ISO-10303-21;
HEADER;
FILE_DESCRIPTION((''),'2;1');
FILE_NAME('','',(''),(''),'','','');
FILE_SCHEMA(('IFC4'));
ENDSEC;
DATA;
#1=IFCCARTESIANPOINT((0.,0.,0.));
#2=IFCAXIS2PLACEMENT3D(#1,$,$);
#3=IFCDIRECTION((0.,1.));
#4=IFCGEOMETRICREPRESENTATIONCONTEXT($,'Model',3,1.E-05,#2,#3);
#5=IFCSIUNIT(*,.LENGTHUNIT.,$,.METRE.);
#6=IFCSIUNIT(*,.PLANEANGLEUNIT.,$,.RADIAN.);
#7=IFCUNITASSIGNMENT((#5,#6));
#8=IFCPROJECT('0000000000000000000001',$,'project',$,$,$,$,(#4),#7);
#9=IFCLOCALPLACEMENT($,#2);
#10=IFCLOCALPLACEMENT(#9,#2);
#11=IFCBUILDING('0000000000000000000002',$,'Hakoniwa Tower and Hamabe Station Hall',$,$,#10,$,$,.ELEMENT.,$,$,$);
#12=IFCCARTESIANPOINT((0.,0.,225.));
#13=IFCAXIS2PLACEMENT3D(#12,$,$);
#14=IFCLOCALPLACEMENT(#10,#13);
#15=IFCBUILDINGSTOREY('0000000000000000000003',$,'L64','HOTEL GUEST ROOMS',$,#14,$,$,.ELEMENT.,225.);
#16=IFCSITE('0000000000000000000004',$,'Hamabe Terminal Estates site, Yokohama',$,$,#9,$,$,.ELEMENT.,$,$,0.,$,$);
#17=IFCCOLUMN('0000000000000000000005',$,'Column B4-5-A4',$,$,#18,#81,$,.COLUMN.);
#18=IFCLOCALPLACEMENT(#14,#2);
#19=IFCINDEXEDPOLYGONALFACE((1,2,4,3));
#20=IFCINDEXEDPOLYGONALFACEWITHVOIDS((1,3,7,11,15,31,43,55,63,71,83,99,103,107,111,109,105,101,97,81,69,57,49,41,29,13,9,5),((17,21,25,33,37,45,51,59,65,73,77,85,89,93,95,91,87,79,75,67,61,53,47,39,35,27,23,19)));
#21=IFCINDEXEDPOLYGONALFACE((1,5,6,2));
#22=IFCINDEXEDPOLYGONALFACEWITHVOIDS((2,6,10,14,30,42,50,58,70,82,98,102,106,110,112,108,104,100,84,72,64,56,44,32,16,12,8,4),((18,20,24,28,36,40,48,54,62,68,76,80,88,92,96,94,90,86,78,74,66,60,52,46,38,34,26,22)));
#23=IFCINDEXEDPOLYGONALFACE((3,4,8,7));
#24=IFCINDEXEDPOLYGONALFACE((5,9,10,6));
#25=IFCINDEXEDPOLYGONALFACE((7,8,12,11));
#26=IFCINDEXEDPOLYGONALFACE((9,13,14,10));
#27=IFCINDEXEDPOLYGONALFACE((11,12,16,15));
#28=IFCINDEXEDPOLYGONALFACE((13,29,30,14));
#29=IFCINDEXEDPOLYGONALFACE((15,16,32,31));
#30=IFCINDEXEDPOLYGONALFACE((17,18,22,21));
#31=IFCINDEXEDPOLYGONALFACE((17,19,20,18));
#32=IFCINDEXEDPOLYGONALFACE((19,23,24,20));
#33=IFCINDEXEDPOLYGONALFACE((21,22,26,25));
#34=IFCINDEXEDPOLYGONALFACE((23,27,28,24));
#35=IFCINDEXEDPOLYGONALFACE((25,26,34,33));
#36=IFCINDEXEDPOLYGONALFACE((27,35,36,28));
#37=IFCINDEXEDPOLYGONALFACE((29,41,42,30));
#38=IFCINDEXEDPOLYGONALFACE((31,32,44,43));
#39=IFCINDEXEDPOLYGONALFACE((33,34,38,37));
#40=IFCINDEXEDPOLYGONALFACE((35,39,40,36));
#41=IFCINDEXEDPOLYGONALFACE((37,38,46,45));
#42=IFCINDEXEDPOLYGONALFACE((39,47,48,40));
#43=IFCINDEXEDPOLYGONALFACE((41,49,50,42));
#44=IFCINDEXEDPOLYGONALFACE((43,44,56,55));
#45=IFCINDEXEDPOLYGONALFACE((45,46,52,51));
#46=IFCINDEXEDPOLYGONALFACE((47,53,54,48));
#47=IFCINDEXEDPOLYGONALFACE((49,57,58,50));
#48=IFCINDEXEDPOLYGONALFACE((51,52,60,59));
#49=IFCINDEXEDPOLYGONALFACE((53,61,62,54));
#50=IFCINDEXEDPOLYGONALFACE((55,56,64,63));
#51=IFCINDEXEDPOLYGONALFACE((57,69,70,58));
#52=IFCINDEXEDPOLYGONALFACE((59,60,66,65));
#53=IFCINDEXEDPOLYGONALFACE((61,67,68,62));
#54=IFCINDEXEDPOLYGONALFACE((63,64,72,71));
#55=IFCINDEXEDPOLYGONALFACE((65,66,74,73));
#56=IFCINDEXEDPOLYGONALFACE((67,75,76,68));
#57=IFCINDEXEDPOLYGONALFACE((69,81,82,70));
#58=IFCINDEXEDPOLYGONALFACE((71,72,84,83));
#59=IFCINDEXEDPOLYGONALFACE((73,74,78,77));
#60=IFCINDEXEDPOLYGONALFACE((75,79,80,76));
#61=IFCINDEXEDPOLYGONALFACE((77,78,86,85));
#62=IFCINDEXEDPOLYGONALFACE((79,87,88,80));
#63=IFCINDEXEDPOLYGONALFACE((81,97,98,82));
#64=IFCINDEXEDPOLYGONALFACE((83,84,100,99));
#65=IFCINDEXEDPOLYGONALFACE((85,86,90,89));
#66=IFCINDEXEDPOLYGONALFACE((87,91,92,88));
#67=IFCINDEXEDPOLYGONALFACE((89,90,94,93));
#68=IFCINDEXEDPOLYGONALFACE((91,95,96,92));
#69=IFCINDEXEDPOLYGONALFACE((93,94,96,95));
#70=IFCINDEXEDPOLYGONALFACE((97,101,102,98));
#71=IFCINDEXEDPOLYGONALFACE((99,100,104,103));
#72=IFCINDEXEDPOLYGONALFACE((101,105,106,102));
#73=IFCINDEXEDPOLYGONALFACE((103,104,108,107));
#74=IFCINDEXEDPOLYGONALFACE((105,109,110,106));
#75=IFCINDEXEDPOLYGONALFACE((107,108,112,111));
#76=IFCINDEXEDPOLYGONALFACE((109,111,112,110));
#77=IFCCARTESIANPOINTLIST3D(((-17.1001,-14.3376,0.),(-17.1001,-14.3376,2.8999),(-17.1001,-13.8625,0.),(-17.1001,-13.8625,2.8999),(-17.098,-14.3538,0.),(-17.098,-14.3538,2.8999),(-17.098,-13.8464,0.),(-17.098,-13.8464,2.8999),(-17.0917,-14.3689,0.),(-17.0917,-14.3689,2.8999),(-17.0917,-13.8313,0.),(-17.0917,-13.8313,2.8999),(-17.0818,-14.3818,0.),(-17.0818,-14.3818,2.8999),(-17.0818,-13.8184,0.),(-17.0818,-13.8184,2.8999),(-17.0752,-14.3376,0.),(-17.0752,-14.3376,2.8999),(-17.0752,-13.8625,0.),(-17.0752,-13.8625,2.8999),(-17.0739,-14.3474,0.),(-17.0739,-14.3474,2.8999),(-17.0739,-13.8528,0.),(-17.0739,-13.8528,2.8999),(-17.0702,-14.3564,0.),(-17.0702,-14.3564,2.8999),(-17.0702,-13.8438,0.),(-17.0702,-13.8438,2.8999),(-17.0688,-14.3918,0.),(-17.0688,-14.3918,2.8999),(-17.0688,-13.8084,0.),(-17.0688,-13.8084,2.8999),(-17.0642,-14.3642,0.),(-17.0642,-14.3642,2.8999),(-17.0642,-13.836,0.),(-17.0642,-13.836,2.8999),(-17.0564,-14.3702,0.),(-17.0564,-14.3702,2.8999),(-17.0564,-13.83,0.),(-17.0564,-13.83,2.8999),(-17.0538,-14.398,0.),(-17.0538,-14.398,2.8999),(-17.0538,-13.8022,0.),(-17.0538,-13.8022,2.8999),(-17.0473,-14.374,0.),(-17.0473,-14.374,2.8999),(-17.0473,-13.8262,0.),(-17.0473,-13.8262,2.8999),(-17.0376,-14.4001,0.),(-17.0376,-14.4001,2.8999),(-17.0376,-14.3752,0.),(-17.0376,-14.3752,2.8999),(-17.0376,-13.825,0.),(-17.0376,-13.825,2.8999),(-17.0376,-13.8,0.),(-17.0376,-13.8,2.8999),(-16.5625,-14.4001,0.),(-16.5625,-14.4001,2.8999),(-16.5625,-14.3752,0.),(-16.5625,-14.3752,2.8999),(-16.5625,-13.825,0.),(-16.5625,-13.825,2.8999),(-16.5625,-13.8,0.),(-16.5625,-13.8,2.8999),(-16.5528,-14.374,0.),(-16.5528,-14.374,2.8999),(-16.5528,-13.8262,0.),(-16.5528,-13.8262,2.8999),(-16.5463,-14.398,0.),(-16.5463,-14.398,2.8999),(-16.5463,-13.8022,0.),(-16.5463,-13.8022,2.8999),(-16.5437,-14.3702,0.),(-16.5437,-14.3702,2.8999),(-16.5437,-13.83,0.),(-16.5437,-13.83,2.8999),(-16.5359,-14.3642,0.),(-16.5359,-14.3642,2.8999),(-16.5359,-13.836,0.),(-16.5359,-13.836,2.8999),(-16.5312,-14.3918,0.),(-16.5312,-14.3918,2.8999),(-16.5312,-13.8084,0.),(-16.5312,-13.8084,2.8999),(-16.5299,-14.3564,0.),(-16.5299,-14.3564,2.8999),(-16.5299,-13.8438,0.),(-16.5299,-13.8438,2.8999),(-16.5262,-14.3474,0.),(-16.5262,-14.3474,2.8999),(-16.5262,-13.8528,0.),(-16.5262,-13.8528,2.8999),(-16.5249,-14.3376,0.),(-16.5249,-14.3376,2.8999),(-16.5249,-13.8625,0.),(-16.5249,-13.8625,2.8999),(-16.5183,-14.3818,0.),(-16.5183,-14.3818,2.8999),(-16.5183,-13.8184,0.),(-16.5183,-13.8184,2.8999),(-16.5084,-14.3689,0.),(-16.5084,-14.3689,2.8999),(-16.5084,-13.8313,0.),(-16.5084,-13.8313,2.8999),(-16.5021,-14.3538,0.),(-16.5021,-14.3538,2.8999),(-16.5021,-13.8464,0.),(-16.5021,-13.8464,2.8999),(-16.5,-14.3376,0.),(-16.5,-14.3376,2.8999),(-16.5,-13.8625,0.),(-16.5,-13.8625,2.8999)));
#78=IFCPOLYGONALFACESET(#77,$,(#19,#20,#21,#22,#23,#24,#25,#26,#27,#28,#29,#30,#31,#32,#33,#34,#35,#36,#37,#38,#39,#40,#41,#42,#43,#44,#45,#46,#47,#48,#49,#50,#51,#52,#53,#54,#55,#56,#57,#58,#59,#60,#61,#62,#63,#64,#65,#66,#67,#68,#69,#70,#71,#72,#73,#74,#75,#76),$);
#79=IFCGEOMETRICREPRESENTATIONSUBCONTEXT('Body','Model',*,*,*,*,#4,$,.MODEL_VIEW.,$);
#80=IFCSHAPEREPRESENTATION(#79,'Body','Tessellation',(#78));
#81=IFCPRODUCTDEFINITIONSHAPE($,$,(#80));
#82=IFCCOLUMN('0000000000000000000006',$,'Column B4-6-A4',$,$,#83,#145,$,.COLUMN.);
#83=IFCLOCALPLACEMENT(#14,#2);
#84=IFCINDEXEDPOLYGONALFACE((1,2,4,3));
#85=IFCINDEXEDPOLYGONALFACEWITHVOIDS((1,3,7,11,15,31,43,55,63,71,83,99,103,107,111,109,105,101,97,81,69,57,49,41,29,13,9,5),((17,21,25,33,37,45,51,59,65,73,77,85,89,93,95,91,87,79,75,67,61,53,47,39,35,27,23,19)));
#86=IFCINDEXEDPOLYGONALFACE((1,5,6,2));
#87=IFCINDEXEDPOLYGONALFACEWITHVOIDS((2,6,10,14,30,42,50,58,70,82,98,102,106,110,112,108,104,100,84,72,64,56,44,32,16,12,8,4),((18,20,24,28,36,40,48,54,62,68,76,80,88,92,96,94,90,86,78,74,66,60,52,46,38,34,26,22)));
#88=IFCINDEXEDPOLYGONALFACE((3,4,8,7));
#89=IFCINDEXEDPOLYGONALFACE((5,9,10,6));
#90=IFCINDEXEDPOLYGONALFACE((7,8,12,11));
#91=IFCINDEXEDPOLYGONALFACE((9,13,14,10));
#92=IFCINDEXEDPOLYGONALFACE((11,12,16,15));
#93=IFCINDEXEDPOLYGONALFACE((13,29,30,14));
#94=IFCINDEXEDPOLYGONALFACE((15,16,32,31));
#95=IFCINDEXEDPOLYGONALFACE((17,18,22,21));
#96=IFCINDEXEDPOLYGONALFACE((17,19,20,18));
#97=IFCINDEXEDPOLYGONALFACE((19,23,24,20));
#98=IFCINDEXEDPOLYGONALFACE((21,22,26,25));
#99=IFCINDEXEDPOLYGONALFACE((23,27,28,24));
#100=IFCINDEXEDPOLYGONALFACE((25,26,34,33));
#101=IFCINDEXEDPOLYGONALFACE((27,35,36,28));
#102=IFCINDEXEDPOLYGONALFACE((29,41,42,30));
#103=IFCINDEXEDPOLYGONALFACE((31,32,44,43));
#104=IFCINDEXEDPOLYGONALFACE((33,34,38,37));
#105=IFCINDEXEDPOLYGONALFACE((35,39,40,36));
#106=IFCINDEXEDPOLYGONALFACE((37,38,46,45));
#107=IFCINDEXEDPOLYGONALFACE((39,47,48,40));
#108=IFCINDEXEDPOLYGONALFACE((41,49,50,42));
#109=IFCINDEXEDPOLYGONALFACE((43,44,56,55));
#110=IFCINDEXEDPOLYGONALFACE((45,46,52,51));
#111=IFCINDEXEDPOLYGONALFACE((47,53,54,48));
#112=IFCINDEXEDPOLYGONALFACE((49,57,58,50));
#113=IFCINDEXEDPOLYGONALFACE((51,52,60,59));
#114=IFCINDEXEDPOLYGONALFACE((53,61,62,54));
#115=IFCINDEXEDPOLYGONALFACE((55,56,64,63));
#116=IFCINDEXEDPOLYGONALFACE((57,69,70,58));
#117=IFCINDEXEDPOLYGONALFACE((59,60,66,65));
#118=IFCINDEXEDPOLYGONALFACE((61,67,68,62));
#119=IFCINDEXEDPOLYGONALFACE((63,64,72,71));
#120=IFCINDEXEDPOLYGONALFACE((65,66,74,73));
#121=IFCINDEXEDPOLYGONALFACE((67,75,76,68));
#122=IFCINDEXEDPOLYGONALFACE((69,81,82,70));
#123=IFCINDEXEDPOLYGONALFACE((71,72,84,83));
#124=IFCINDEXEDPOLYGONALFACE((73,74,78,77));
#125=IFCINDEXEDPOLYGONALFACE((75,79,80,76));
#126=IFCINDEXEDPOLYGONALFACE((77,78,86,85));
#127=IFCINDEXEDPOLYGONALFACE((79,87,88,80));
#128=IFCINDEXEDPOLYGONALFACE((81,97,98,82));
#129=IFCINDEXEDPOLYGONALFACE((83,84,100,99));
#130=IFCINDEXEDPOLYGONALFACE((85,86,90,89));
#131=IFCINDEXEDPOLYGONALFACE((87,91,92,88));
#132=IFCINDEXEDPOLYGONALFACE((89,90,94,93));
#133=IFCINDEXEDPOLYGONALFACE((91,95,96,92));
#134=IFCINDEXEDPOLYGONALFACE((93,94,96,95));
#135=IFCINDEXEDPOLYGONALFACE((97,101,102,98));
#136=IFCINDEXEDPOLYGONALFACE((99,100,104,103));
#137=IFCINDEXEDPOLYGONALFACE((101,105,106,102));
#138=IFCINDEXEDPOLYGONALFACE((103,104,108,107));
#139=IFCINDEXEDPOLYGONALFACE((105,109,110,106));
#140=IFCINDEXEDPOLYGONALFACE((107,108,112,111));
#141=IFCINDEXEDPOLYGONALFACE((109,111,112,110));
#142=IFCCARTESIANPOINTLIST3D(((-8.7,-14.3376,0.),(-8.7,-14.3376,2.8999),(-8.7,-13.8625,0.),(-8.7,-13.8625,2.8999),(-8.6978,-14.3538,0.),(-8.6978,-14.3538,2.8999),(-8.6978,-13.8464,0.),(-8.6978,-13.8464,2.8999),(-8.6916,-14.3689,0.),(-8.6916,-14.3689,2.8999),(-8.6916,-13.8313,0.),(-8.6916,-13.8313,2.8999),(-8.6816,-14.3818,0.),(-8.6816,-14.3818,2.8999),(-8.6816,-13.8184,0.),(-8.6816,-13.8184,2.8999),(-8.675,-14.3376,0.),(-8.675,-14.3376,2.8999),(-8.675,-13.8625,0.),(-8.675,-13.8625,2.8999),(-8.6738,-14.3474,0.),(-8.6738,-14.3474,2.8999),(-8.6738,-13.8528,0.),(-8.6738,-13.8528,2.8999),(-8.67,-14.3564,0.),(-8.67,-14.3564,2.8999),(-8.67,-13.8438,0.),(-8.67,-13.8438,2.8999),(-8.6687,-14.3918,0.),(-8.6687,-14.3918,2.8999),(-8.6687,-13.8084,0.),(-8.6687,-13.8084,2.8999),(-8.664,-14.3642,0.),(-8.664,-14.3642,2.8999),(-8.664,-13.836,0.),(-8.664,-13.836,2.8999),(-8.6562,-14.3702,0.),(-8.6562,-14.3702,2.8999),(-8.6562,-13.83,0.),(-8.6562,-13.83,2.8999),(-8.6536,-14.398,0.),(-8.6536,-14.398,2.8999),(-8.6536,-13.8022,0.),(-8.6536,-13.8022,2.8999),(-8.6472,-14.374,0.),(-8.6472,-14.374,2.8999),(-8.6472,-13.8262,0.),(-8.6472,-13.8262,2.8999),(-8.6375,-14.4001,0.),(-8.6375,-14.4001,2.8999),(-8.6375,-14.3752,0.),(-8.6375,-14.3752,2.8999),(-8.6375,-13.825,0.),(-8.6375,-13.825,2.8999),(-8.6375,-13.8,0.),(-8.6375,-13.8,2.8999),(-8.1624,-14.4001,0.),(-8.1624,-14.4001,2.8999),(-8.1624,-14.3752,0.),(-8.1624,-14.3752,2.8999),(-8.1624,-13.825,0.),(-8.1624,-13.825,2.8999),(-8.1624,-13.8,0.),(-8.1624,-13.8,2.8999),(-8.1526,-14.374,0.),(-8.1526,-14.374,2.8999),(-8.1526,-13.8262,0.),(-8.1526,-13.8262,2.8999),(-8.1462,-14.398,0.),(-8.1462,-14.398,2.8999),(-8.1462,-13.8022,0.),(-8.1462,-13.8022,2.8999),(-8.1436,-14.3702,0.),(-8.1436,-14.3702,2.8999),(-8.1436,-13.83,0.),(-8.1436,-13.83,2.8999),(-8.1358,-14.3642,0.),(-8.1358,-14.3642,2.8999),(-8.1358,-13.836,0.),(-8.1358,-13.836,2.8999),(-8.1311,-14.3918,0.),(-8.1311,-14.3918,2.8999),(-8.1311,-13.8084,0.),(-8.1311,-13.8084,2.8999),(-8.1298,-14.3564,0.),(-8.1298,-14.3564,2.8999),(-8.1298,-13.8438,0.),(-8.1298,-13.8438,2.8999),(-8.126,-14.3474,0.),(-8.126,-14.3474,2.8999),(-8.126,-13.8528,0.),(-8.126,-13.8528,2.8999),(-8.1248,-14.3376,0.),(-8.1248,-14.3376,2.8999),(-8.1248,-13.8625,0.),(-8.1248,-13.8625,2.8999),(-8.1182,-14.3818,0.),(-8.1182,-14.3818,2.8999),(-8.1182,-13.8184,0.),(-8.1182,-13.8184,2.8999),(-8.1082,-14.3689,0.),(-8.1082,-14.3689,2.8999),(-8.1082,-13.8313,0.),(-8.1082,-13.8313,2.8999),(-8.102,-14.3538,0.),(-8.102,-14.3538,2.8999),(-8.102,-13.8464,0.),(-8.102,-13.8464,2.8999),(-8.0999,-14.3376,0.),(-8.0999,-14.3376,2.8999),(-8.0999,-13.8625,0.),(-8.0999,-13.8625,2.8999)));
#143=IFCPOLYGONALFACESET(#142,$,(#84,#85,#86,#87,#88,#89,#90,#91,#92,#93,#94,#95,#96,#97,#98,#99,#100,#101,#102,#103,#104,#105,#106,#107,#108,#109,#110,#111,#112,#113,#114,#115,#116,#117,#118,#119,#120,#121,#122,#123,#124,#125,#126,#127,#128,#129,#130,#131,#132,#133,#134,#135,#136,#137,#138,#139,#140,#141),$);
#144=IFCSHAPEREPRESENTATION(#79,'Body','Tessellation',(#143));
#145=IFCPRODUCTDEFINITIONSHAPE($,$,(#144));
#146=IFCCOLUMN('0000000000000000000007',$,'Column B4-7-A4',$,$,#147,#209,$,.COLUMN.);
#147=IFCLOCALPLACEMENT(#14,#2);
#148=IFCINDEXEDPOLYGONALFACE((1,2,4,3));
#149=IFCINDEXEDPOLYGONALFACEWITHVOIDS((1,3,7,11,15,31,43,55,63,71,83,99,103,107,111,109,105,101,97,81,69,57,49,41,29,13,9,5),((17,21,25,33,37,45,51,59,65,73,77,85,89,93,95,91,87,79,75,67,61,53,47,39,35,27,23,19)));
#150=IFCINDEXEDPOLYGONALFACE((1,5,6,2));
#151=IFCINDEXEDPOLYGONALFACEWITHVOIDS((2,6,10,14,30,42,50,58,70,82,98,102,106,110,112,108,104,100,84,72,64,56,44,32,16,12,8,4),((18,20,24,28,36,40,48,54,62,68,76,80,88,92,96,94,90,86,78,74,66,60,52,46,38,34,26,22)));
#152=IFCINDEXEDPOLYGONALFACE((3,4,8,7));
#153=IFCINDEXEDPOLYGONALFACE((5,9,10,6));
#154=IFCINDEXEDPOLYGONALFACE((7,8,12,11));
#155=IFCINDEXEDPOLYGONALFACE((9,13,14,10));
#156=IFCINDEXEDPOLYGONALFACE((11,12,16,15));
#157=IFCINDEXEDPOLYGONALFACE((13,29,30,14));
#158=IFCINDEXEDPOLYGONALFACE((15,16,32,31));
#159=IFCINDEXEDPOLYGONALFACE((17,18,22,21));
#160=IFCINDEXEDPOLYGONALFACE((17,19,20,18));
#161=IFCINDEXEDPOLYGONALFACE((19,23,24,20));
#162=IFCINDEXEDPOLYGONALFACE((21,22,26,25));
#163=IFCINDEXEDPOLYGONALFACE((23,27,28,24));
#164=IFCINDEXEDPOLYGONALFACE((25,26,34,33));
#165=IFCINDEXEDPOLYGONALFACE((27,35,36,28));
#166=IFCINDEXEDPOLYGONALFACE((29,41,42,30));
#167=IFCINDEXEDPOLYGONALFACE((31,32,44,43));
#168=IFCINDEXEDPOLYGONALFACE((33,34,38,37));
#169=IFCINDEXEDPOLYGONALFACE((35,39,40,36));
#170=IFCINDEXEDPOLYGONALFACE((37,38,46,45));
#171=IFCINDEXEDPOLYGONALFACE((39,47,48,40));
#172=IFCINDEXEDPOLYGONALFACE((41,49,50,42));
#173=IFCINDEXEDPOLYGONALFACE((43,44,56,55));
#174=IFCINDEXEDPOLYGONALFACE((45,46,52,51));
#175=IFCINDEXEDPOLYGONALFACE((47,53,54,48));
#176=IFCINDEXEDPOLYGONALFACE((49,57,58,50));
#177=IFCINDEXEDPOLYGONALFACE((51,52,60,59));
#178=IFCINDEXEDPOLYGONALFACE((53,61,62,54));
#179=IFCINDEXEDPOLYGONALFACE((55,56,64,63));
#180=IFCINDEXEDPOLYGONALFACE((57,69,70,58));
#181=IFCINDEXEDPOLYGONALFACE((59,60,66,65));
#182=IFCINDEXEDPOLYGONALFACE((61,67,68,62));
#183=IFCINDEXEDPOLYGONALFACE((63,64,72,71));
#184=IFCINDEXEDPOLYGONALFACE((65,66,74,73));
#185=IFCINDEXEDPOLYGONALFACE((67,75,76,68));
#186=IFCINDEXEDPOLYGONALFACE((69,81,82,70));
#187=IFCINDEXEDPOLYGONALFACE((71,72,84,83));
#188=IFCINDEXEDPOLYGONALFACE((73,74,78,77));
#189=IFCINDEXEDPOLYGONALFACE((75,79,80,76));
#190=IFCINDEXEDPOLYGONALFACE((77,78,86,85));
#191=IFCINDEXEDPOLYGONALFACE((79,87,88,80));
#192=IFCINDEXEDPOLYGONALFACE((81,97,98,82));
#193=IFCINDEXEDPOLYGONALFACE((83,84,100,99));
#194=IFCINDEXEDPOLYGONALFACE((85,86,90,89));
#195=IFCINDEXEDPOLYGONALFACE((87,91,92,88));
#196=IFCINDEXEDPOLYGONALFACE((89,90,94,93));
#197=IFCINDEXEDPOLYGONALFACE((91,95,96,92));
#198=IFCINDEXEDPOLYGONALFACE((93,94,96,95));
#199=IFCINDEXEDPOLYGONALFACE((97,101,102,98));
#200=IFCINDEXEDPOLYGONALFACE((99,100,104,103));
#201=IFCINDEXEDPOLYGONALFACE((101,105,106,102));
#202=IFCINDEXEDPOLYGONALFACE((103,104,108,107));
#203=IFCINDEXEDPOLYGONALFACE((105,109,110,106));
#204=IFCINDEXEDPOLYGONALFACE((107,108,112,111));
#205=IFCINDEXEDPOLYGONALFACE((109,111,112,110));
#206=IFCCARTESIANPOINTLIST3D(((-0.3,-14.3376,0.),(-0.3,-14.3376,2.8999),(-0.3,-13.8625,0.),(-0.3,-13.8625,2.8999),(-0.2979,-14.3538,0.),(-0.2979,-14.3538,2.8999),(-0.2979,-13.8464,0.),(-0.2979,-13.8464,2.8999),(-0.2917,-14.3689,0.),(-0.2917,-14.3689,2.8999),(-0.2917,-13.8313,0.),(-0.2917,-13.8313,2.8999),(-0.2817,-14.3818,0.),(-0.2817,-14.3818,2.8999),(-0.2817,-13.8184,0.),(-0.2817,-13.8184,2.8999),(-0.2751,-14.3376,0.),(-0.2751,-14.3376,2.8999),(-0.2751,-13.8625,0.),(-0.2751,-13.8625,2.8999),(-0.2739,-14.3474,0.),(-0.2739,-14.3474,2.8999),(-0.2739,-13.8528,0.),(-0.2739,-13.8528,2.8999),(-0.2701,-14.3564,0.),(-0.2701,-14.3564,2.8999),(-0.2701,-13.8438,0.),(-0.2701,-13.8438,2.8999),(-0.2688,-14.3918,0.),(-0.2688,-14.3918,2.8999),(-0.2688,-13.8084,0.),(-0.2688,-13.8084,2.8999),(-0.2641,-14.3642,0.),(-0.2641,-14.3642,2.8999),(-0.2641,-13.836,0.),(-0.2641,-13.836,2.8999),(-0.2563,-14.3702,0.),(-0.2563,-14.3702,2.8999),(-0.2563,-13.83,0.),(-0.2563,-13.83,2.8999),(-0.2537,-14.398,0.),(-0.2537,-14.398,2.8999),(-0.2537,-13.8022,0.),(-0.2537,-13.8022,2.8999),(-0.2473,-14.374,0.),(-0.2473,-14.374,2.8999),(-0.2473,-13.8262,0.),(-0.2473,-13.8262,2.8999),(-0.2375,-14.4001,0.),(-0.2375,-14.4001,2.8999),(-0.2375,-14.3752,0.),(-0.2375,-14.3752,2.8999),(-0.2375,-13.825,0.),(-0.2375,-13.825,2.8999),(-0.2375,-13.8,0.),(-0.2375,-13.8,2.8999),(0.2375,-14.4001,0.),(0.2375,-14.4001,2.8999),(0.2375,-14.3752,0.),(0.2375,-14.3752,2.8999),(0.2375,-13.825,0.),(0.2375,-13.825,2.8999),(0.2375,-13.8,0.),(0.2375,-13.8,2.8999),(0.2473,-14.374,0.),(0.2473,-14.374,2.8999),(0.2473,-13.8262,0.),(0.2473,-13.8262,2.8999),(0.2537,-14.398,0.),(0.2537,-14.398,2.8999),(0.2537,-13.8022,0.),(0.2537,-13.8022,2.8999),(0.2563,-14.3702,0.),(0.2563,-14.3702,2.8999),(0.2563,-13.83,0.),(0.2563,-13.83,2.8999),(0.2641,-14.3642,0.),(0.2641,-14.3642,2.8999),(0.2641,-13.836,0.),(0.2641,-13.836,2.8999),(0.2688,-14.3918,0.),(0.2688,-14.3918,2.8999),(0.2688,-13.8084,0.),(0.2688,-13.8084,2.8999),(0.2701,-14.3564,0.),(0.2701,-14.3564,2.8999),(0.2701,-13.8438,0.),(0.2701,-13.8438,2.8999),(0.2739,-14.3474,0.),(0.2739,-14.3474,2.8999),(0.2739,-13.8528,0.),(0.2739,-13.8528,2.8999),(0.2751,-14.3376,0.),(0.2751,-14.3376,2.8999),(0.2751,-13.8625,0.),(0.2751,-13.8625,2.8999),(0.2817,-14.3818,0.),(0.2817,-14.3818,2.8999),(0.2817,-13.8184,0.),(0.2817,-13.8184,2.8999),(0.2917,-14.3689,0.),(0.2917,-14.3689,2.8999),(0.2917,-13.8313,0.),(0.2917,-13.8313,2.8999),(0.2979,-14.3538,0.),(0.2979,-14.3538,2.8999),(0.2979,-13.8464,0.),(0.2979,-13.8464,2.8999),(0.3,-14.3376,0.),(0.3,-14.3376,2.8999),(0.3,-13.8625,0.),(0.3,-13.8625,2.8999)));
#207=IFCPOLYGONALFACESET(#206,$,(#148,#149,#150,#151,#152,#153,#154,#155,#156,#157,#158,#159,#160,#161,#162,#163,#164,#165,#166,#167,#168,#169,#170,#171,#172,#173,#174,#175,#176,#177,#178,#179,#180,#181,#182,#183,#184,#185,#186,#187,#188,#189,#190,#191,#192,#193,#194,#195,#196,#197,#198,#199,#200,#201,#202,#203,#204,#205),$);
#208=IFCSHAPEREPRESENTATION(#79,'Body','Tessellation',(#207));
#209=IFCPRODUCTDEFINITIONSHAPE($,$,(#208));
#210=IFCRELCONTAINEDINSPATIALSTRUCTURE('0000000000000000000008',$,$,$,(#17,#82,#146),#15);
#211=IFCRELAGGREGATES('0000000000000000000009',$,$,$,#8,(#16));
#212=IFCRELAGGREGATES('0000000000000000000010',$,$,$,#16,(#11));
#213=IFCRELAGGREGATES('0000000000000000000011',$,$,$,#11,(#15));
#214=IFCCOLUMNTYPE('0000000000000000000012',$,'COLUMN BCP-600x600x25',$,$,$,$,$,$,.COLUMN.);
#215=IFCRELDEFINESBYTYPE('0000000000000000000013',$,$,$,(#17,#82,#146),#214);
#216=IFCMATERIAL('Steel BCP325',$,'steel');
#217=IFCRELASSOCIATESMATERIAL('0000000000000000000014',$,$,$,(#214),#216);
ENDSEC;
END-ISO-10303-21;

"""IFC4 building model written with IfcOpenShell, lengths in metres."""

from ifc_helpers import new_model, si_unit, direction, frame, origin, origin_2d, place, context, subcontext, project, spatial, hollow_rectangle, extrude, material, material_profile, profile_set, type_object, element, save


model = new_model("IFC4")

# Units and contexts
model_context = context("Model", 3, precision=1e-05, world=origin(), true_north=direction((0.0, 1.0)))
body_context = subcontext(model_context, "Body", "Model", "MODEL_VIEW")
ifc_project = project(units=[si_unit("LENGTHUNIT", "METRE"), si_unit("PLANEANGLEUNIT", "RADIAN")], contexts=[model_context])

# Site, building, storey
site_placement = place(None, origin())
site = spatial("IfcSite", under=ifc_project, at=site_placement, Name="Hamabe Terminal Estates site, Yokohama", CompositionType="ELEMENT", RefElevation=0.0)
building_placement = place(site_placement, origin())
building = spatial("IfcBuilding", under=site, at=building_placement, Name="Hakoniwa Tower and Hamabe Station Hall", CompositionType="ELEMENT")
storey_placement = place(building_placement, frame((0.0, 0.0, 225.0)))
storey = spatial("IfcBuildingStorey", under=building, at=storey_placement, Name="L64", Description="HOTEL GUEST ROOMS", CompositionType="ELEMENT", Elevation=225.0)

# Columns
ifc_material_1 = material(Name="Steel BCP325", Category="steel")
ifc_material_profile_1 = material_profile(ifc_material_1, hollow_rectangle(XDim=0.6001, YDim=0.6001, WallThickness=0.0249, InnerFilletRadius=0.0376, OuterFilletRadius=0.0625, at=origin_2d()), Name="BCP-600x600x25")
ifc_profile_set_1 = profile_set([ifc_material_profile_1], Name="Steel BCP325")
column_type = type_object("IfcColumnType", Name="COLUMN BCP-600x600x25", PredefinedType="COLUMN", material=ifc_profile_set_1)
for number, where, z_axis, x_axis, name in (
    (1, (-16.8, -14.1001, 0.0), (0.0, 0.0, 1.0), (1.0, 0.0, 0.0), "Column B4-5-A4"),
    (2, (-8.3999, -14.1001, 0.0), (0.0, 0.0, 1.0), (1.0, 0.0, 0.0), "Column B4-6-A4"),
    (3, (0.0, -14.1001, 0.0), (0.0, 0.0, 1.0), (1.0, 0.0, 0.0), "Column B4-7-A4"),
):
    element("IfcColumn", number, at=place(storey_placement, frame(where, z_axis=z_axis, x_axis=x_axis)), inside=storey, type_object=column_type, Name=name, PredefinedType="COLUMN", context=body_context, shape_type="SweptSolid", body=[
        extrude(hollow_rectangle(XDim=0.6001, YDim=0.6001, WallThickness=0.0249, InnerFilletRadius=0.0376, OuterFilletRadius=0.0625, at=origin_2d()), origin(), (0.0, 0.0, 1.0), 2.8999),
    ])

save(model, "model.ifc")
